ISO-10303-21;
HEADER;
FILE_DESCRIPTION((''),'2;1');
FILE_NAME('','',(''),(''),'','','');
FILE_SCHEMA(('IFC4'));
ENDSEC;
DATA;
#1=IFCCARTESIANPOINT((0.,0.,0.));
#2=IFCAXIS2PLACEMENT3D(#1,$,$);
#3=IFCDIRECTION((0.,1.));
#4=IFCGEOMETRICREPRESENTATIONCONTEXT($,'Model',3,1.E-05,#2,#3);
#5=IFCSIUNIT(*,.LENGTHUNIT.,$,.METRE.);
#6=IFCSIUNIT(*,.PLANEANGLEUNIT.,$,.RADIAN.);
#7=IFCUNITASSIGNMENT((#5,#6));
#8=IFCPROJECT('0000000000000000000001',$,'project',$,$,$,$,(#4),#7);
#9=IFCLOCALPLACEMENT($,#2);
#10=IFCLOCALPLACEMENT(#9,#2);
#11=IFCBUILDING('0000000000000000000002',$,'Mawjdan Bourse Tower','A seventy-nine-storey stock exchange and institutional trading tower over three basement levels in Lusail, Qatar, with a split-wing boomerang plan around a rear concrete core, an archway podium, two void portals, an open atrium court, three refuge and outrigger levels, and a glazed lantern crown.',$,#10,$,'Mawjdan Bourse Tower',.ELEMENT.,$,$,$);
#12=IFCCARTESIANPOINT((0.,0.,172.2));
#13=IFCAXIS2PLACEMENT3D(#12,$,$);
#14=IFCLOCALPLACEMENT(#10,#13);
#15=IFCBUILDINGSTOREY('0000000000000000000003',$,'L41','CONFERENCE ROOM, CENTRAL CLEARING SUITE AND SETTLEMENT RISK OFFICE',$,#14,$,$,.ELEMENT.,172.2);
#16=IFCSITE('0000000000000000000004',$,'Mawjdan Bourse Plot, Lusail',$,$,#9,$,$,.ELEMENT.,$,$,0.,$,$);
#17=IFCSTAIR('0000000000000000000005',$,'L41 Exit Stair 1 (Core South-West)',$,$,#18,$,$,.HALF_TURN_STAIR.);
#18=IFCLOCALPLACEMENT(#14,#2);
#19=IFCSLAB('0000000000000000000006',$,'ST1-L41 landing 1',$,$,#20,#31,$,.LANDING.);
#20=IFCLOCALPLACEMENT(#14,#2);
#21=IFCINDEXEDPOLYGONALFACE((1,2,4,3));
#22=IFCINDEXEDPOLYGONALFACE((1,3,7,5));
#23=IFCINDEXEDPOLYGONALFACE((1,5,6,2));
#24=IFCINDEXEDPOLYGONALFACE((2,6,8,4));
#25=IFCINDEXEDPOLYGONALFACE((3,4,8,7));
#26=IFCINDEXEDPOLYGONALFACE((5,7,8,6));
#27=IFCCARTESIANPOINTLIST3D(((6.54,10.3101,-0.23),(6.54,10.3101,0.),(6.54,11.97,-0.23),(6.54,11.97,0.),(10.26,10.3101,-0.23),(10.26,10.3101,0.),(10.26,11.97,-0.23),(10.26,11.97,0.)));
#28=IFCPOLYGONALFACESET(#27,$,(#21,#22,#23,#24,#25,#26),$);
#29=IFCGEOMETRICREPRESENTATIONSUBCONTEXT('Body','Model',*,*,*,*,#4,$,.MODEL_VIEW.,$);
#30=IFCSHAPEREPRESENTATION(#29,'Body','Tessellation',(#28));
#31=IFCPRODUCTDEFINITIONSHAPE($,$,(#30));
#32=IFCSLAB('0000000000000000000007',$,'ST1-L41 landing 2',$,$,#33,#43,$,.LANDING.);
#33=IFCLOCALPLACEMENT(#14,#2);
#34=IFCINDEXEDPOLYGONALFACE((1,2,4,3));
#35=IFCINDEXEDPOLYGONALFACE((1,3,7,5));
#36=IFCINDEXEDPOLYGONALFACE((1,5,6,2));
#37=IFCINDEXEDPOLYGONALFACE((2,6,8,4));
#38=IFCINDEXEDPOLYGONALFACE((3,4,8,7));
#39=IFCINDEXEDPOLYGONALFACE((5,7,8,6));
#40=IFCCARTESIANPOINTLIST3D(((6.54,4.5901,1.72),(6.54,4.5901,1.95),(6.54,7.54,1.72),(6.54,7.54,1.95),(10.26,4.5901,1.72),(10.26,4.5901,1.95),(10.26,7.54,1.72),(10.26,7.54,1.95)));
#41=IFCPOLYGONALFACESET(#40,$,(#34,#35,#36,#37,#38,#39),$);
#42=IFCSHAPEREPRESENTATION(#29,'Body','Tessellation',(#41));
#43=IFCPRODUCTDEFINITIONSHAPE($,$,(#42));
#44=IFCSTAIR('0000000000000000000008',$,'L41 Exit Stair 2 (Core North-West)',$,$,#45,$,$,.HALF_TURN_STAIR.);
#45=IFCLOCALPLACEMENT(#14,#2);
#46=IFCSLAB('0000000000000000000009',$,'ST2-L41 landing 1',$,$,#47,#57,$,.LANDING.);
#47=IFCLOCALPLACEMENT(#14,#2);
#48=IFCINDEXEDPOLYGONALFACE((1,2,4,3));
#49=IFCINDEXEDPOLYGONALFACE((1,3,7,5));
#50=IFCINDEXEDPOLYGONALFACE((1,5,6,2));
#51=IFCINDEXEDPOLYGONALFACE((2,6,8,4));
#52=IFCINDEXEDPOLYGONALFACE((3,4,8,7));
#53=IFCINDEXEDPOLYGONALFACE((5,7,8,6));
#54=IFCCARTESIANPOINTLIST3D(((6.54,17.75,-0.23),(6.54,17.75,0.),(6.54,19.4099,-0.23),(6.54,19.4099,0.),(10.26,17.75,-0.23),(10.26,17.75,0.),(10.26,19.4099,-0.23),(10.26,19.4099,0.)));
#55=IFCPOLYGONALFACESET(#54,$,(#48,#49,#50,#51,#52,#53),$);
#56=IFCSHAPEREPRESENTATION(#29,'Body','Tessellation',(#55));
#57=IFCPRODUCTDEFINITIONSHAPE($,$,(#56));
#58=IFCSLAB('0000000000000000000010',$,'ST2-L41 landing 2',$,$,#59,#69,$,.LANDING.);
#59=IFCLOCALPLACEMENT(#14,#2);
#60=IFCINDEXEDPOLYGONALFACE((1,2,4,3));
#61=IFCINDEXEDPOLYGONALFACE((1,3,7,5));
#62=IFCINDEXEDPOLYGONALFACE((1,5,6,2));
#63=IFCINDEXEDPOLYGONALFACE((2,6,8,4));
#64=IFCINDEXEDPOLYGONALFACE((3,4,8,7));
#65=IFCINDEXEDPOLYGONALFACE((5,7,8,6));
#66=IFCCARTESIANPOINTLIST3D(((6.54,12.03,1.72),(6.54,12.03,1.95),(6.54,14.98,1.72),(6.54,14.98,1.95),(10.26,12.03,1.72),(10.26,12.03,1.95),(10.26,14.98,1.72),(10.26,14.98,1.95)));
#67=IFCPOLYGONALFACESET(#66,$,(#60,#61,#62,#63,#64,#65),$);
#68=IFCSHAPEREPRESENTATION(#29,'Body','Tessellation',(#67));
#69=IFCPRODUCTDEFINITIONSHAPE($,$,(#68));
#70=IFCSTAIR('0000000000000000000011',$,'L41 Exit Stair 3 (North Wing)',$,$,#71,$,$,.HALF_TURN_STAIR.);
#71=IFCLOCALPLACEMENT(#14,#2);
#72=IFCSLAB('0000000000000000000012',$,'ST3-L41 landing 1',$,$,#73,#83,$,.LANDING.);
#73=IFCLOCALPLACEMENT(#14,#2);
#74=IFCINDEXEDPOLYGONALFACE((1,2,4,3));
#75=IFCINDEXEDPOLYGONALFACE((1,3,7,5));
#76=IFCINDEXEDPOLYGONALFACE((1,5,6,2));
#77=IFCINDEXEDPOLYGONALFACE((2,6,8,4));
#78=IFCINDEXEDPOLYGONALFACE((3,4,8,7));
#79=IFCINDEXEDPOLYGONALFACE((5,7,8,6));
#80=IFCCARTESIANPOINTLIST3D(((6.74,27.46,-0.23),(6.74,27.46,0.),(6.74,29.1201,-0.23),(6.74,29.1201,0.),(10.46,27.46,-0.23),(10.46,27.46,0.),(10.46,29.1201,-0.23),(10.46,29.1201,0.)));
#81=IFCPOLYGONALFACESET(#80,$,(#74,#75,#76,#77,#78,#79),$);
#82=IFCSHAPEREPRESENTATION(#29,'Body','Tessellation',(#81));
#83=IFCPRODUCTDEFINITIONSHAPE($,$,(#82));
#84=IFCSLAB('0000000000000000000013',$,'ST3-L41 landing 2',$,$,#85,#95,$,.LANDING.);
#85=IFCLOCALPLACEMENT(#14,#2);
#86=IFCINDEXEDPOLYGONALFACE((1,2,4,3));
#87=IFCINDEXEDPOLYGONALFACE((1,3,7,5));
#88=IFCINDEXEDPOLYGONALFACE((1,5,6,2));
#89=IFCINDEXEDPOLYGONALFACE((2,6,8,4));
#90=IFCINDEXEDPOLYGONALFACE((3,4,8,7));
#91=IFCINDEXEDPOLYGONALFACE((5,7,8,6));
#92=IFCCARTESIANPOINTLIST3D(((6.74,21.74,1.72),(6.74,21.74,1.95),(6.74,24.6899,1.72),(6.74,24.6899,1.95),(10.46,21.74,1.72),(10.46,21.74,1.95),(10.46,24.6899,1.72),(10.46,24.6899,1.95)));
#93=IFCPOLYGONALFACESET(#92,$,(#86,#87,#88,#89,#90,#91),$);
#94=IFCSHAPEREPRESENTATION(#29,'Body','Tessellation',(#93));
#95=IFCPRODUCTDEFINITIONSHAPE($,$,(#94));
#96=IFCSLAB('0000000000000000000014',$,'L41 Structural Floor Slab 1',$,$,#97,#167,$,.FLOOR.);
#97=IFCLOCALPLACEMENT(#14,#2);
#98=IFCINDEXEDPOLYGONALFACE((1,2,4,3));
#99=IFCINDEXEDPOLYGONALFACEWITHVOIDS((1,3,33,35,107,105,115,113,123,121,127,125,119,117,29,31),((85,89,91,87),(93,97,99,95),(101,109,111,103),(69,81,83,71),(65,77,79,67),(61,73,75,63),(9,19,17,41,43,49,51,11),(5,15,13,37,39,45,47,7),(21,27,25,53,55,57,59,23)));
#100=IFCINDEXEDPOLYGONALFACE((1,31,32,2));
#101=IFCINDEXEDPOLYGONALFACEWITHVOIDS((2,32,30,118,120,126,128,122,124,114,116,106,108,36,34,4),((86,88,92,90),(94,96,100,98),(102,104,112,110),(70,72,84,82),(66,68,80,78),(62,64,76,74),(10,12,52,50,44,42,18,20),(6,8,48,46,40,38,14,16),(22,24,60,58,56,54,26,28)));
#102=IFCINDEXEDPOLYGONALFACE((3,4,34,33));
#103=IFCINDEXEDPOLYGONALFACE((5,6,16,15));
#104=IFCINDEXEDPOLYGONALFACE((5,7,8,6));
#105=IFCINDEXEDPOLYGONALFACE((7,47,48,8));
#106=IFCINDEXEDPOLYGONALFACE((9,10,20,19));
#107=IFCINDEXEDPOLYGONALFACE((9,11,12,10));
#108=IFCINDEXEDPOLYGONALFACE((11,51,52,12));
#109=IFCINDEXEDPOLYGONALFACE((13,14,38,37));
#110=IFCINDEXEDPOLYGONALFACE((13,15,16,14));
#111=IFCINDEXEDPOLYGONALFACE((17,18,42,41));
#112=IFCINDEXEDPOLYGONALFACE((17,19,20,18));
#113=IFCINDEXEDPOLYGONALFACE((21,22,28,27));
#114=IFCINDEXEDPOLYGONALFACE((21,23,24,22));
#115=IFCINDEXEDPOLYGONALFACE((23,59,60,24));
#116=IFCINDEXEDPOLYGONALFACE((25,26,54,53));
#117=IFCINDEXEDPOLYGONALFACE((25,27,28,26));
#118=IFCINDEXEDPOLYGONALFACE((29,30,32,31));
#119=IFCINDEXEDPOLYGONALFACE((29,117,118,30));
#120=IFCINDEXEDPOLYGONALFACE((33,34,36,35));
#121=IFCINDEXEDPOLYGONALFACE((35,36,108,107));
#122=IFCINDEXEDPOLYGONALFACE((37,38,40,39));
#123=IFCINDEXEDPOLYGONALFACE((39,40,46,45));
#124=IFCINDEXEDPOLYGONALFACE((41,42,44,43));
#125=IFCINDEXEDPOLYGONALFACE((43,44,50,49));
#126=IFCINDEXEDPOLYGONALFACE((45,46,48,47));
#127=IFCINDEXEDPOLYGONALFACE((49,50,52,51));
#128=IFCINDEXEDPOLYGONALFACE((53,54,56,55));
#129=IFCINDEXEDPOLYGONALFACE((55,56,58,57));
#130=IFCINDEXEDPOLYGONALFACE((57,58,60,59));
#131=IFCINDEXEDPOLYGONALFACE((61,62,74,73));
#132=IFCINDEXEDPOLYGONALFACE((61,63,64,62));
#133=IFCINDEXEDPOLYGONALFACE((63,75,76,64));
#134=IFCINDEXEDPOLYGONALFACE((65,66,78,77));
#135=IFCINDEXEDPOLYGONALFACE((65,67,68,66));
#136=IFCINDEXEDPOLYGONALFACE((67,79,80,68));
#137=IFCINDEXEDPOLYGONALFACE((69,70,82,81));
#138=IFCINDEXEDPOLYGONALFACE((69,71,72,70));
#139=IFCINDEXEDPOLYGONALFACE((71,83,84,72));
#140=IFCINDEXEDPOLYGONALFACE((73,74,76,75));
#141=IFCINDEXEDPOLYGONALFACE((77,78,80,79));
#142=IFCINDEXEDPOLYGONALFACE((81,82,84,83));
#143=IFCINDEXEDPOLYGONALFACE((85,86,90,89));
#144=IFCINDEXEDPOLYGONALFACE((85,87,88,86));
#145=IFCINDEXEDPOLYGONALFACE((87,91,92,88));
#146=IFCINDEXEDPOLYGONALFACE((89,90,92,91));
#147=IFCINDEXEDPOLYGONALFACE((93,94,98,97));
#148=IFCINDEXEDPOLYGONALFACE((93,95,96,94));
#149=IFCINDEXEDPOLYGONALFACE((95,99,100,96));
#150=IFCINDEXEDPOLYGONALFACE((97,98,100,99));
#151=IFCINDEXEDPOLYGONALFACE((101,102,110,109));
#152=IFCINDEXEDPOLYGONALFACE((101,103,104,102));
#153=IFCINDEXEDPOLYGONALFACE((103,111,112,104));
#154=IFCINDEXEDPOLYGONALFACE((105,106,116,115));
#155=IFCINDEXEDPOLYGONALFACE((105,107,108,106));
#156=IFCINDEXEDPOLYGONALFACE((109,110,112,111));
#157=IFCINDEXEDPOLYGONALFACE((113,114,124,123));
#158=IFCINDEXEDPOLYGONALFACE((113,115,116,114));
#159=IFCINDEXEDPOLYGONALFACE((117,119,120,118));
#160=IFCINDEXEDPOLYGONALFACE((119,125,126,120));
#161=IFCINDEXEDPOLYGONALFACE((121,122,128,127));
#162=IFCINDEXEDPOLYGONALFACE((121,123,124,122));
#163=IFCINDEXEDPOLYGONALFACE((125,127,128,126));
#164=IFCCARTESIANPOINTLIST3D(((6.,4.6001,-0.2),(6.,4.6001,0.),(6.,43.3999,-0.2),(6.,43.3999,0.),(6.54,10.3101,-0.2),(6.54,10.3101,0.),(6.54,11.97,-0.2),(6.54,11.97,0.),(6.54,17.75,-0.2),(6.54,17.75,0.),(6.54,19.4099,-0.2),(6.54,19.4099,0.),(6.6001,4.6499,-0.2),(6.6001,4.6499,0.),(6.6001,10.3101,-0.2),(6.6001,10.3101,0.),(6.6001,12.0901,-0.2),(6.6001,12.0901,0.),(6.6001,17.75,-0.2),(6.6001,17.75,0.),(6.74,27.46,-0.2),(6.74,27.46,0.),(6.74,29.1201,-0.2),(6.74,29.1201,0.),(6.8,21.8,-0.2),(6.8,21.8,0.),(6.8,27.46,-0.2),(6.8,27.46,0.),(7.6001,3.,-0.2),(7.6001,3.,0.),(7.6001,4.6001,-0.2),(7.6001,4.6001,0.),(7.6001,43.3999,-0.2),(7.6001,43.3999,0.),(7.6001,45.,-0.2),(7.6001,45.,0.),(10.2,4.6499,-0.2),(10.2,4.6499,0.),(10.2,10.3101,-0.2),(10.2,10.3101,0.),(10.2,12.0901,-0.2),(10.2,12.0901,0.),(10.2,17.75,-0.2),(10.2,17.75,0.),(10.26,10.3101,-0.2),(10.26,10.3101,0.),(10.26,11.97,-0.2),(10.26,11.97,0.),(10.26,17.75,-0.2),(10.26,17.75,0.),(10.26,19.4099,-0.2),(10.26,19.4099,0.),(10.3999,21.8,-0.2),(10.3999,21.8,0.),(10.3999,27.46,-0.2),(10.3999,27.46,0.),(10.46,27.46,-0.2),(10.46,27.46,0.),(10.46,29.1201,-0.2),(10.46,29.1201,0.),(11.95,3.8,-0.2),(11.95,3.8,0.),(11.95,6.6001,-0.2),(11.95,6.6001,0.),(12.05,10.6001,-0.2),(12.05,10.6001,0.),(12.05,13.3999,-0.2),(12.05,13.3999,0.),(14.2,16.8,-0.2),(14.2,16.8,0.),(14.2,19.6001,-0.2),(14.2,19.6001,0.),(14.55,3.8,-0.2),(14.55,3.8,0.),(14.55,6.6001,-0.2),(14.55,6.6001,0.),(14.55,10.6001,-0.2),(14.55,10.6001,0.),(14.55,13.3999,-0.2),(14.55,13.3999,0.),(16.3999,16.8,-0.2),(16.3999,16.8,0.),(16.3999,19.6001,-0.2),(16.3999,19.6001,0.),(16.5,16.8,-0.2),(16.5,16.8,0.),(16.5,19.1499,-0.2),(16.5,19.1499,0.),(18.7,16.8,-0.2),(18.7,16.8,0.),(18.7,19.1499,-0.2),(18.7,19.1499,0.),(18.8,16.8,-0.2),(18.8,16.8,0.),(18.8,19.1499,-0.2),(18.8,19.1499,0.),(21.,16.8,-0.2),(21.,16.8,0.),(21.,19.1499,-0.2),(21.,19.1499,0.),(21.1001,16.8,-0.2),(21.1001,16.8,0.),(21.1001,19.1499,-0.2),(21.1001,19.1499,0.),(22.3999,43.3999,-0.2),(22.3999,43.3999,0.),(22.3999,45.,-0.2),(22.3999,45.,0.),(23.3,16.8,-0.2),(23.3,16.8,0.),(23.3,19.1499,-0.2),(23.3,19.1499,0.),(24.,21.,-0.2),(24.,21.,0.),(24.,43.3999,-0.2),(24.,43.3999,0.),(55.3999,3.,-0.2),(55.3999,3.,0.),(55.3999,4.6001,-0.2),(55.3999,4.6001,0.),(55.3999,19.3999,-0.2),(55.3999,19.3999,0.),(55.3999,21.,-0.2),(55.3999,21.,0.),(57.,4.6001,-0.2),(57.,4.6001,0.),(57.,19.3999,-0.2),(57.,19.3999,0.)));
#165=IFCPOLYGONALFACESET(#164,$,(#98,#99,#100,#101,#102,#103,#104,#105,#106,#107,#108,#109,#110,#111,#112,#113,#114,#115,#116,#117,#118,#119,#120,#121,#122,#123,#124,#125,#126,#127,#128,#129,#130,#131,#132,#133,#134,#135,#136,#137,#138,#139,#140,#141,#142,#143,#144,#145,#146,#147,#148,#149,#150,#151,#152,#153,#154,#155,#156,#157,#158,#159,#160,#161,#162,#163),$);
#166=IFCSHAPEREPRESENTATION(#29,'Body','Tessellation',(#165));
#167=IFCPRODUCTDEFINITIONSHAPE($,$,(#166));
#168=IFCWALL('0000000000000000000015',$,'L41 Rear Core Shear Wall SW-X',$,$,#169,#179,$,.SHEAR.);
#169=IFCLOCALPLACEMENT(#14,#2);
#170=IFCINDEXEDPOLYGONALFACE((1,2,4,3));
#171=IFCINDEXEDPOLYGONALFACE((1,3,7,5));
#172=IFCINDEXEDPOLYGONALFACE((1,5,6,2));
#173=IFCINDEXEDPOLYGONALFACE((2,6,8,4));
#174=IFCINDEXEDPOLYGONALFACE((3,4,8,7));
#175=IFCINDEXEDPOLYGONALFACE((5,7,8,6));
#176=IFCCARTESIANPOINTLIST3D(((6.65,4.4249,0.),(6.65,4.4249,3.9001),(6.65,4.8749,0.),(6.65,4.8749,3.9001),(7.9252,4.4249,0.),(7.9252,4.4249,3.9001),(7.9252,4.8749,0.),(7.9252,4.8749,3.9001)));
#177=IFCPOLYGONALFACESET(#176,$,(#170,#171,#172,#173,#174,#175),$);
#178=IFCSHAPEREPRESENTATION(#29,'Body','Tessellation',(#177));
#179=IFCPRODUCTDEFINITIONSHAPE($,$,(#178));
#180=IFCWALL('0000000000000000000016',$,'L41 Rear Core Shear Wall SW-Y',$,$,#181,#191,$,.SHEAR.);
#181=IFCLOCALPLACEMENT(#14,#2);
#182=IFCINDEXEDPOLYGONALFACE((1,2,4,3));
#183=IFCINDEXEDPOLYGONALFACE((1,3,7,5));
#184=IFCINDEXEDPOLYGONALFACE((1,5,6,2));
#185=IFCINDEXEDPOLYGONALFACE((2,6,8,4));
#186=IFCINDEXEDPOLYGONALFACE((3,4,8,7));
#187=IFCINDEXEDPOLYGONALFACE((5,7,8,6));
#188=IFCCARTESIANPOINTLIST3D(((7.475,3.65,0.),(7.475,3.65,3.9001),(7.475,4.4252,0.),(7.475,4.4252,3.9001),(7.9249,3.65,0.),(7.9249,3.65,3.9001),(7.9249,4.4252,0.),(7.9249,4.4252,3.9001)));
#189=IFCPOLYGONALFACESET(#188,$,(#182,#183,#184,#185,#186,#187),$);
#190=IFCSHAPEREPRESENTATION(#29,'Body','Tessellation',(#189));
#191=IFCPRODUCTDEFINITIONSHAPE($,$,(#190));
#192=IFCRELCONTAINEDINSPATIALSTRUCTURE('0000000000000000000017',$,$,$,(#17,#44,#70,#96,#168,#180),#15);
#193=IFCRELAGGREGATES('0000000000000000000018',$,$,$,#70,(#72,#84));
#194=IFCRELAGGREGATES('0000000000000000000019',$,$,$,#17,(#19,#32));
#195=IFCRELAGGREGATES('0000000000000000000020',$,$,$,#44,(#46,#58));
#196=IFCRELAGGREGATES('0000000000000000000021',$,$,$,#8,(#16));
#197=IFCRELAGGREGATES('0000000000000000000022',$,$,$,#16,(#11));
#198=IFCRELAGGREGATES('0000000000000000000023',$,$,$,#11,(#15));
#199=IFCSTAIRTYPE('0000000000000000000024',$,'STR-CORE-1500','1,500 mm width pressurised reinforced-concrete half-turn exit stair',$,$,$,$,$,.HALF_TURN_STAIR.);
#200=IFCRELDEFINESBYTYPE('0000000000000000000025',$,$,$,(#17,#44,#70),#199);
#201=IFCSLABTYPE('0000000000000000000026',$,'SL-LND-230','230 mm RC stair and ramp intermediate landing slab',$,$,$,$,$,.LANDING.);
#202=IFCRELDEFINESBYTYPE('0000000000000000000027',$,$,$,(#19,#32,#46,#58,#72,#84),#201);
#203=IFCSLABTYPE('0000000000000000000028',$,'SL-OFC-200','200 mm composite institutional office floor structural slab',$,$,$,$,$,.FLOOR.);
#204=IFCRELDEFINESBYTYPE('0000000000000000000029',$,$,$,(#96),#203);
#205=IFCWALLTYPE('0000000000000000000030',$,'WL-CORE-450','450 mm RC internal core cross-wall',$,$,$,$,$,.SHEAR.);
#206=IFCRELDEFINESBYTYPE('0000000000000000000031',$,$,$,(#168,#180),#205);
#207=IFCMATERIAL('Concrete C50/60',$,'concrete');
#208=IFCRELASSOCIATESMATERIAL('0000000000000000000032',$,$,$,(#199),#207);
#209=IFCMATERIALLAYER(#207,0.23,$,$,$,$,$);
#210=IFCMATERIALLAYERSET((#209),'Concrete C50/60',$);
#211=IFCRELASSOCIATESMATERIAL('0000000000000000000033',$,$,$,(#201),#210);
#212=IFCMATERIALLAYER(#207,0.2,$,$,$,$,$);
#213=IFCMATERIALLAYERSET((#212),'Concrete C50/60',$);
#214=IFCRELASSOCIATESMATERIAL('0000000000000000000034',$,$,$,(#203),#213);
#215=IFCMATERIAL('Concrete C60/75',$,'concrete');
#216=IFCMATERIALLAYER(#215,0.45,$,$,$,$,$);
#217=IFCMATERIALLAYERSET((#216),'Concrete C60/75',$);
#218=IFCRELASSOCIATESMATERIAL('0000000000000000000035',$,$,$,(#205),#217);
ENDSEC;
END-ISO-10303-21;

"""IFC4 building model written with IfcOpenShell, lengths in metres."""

from ifc_helpers import new_model, si_unit, direction, frame, frame_2d, origin, place, context, subcontext, project, spatial, polyline, rectangle, outline, extrude, material, layer, layer_set, type_object, element, aggregate, save


model = new_model("IFC4")

# Units and contexts
model_context = context("Model", 3, precision=1e-05, world=origin(), true_north=direction((0.0, 1.0)))
body_context = subcontext(model_context, "Body", "Model", "MODEL_VIEW")
ifc_project = project(units=[si_unit("LENGTHUNIT", "METRE"), si_unit("PLANEANGLEUNIT", "RADIAN")], contexts=[model_context])

# Site, building, storey
site_placement = place(None, origin())
site = spatial("IfcSite", under=ifc_project, at=site_placement, Name="Mawjdan Bourse Plot, Lusail", CompositionType="ELEMENT", RefElevation=0.0)
building_placement = place(site_placement, origin())
building = spatial("IfcBuilding", under=site, at=building_placement, Name="Mawjdan Bourse Tower", Description="A seventy-nine-storey stock exchange and institutional trading tower over three basement levels in Lusail, Qatar, with a split-wing boomerang plan around a rear concrete core, an archway podium, two void portals, an open atrium court, three refuge and outrigger levels, and a glazed lantern crown.", LongName="Mawjdan Bourse Tower", CompositionType="ELEMENT")
storey_placement = place(building_placement, frame((0.0, 0.0, 172.2)))
storey = spatial("IfcBuildingStorey", under=building, at=storey_placement, Name="L41", Description="CONFERENCE ROOM, CENTRAL CLEARING SUITE AND SETTLEMENT RISK OFFICE", CompositionType="ELEMENT", Elevation=172.2)

# Stairs, slabs
ifc_material_1 = material(Name="Concrete C50/60", Category="concrete")
stair_type = type_object("IfcStairType", Name="STR-CORE-1500", Description="1,500 mm width pressurised reinforced-concrete half-turn exit stair", PredefinedType="HALF_TURN_STAIR", material=ifc_material_1)
stair_1_placement = place(storey_placement, origin())
stair_1 = element("IfcStair", 1, at=stair_1_placement, inside=storey, type_object=stair_type, Name="L41 Exit Stair 1 (Core South-West)", PredefinedType="HALF_TURN_STAIR")
ifc_layer_1 = layer(ifc_material_1, 0.23)
ifc_layer_set_1 = layer_set([ifc_layer_1], Name="Concrete C50/60")
slab_type_1 = type_object("IfcSlabType", Name="SL-LND-230", Description="230 mm RC stair and ramp intermediate landing slab", PredefinedType="LANDING", material=ifc_layer_set_1)
slab_1_placement = place(storey_placement, frame((0.0, 0.0, -0.23)))
slab_1 = element("IfcSlab", 2, at=slab_1_placement, type_object=slab_type_1, Name="ST1-L41 landing 1", PredefinedType="LANDING", context=body_context, shape_type="SweptSolid", body=[
    extrude(outline(polyline([(6.54, 10.3101), (10.26, 10.3101), (10.26, 11.97), (6.54, 11.97), (6.54, 10.3101)])), origin(), (0.0, 0.0, 1.0), 0.23),
])
slab_2_placement = place(storey_placement, frame((0.0, 0.0, 1.72)))
slab_2 = element("IfcSlab", 3, at=slab_2_placement, type_object=slab_type_1, Name="ST1-L41 landing 2", PredefinedType="LANDING", context=body_context, shape_type="SweptSolid", body=[
    extrude(outline(polyline([(6.54, 4.5901), (10.26, 4.5901), (10.26, 7.54), (6.54, 7.54), (6.54, 4.5901)])), origin(), (0.0, 0.0, 1.0), 0.23),
])
stair_2_placement = place(storey_placement, origin())
stair_2 = element("IfcStair", 4, at=stair_2_placement, inside=storey, type_object=stair_type, Name="L41 Exit Stair 2 (Core North-West)", PredefinedType="HALF_TURN_STAIR")
slab_3_placement = place(storey_placement, frame((0.0, 0.0, -0.23)))
slab_3 = element("IfcSlab", 5, at=slab_3_placement, type_object=slab_type_1, Name="ST2-L41 landing 1", PredefinedType="LANDING", context=body_context, shape_type="SweptSolid", body=[
    extrude(outline(polyline([(6.54, 17.75), (10.26, 17.75), (10.26, 19.4099), (6.54, 19.4099), (6.54, 17.75)])), origin(), (0.0, 0.0, 1.0), 0.23),
])
slab_4_placement = place(storey_placement, frame((0.0, 0.0, 1.72)))
slab_4 = element("IfcSlab", 6, at=slab_4_placement, type_object=slab_type_1, Name="ST2-L41 landing 2", PredefinedType="LANDING", context=body_context, shape_type="SweptSolid", body=[
    extrude(outline(polyline([(6.54, 12.03), (10.26, 12.03), (10.26, 14.98), (6.54, 14.98), (6.54, 12.03)])), origin(), (0.0, 0.0, 1.0), 0.23),
])
stair_3_placement = place(storey_placement, origin())
stair_3 = element("IfcStair", 7, at=stair_3_placement, inside=storey, type_object=stair_type, Name="L41 Exit Stair 3 (North Wing)", PredefinedType="HALF_TURN_STAIR")
slab_5_placement = place(storey_placement, frame((0.0, 0.0, -0.23)))
slab_5 = element("IfcSlab", 8, at=slab_5_placement, type_object=slab_type_1, Name="ST3-L41 landing 1", PredefinedType="LANDING", context=body_context, shape_type="SweptSolid", body=[
    extrude(outline(polyline([(6.74, 27.46), (10.46, 27.46), (10.46, 29.1201), (6.74, 29.1201), (6.74, 27.46)])), origin(), (0.0, 0.0, 1.0), 0.23),
])
slab_6_placement = place(storey_placement, frame((0.0, 0.0, 1.72)))
slab_6 = element("IfcSlab", 9, at=slab_6_placement, type_object=slab_type_1, Name="ST3-L41 landing 2", PredefinedType="LANDING", context=body_context, shape_type="SweptSolid", body=[
    extrude(outline(polyline([(6.74, 21.74), (10.46, 21.74), (10.46, 24.6899), (6.74, 24.6899), (6.74, 21.74)])), origin(), (0.0, 0.0, 1.0), 0.23),
])
aggregate(stair_3, [slab_5, slab_6])

# Slab
ifc_layer_2 = layer(ifc_material_1, 0.2)
ifc_layer_set_2 = layer_set([ifc_layer_2], Name="Concrete C50/60")
slab_type_2 = type_object("IfcSlabType", Name="SL-OFC-200", Description="200 mm composite institutional office floor structural slab", PredefinedType="FLOOR", material=ifc_layer_set_2)
slab_7_placement = place(storey_placement, frame((0.0, 0.0, -0.2)))
element("IfcSlab", 10, at=slab_7_placement, inside=storey, type_object=slab_type_2, Name="L41 Structural Floor Slab 1", PredefinedType="FLOOR", context=body_context, shape_type="SweptSolid", body=[
    extrude(outline(polyline([(7.6001, 3.0), (55.3999, 3.0), (55.3999, 4.6001), (57.0, 4.6001), (57.0, 19.3999), (55.3999, 19.3999), (55.3999, 21.0), (24.0, 21.0), (24.0, 43.3999), (22.3999, 43.3999), (22.3999, 45.0), (7.6001, 45.0), (7.6001, 43.3999), (6.0, 43.3999), (6.0, 4.6001), (7.6001, 4.6001), (7.6001, 3.0)]), holes=[polyline([(6.54, 11.97), (10.26, 11.97), (10.26, 10.3101), (10.2, 10.3101), (10.2, 4.6499), (6.6001, 4.6499), (6.6001, 10.3101), (6.54, 10.3101), (6.54, 11.97)]), polyline([(6.6001, 12.0901), (6.6001, 17.75), (6.54, 17.75), (6.54, 19.4099), (10.26, 19.4099), (10.26, 17.75), (10.2, 17.75), (10.2, 12.0901), (6.6001, 12.0901)]), polyline([(10.46, 29.1201), (10.46, 27.46), (10.3999, 27.46), (10.3999, 21.8), (6.8, 21.8), (6.8, 27.46), (6.74, 27.46), (6.74, 29.1201), (10.46, 29.1201)]), polyline([(14.55, 3.8), (11.95, 3.8), (11.95, 6.6001), (14.55, 6.6001), (14.55, 3.8)]), polyline([(12.05, 10.6001), (12.05, 13.3999), (14.55, 13.3999), (14.55, 10.6001), (12.05, 10.6001)]), polyline([(16.5, 16.8), (16.5, 19.1499), (18.7, 19.1499), (18.7, 16.8), (16.5, 16.8)]), polyline([(21.0, 16.8), (18.8, 16.8), (18.8, 19.1499), (21.0, 19.1499), (21.0, 16.8)]), polyline([(21.1001, 16.8), (21.1001, 19.1499), (23.3, 19.1499), (23.3, 16.8), (21.1001, 16.8)]), polyline([(14.2, 16.8), (14.2, 19.6001), (16.3999, 19.6001), (16.3999, 16.8), (14.2, 16.8)])]), origin(), (0.0, 0.0, 1.0), 0.2),
])

# Walls
ifc_material_2 = material(Name="Concrete C60/75", Category="concrete")
ifc_layer_3 = layer(ifc_material_2, 0.45)
ifc_layer_set_3 = layer_set([ifc_layer_3], Name="Concrete C60/75")
wall_type_1 = type_object("IfcWallType", Name="WL-CORE-450", Description="450 mm RC internal core cross-wall", PredefinedType="SHEAR", material=ifc_layer_set_3)
wall_1_placement = place(storey_placement, frame((6.6499, 4.6499, 0.0), z_axis=(0.0, 0.0, 1.0), x_axis=(1.0, 0.0, 0.0)))
element("IfcWall", 11, at=wall_1_placement, inside=storey, type_object=wall_type_1, Name="L41 Rear Core Shear Wall SW-X", PredefinedType="SHEAR", context=body_context, shape_type="SweptSolid", body=[
    extrude(rectangle(XDim=1.2751, YDim=0.45, at=frame_2d((0.6377, 0.0))), origin(), (0.0, 0.0, 1.0), 3.9001),
])
wall_2_placement = place(storey_placement, frame((7.7, 3.6499, 0.0), z_axis=(0.0, 0.0, 1.0), x_axis=(0.0, 1.0, 0.0)))
element("IfcWall", 12, at=wall_2_placement, inside=storey, type_object=wall_type_1, Name="L41 Rear Core Shear Wall SW-Y", PredefinedType="SHEAR", context=body_context, shape_type="SweptSolid", body=[
    extrude(rectangle(XDim=0.7751, YDim=0.45, at=frame_2d((0.3877, 0.0))), origin(), (0.0, 0.0, 1.0), 3.9001),
])

aggregate(stair_1, [slab_1, slab_2])
aggregate(stair_2, [slab_3, slab_4])

save(model, "model.ifc")
